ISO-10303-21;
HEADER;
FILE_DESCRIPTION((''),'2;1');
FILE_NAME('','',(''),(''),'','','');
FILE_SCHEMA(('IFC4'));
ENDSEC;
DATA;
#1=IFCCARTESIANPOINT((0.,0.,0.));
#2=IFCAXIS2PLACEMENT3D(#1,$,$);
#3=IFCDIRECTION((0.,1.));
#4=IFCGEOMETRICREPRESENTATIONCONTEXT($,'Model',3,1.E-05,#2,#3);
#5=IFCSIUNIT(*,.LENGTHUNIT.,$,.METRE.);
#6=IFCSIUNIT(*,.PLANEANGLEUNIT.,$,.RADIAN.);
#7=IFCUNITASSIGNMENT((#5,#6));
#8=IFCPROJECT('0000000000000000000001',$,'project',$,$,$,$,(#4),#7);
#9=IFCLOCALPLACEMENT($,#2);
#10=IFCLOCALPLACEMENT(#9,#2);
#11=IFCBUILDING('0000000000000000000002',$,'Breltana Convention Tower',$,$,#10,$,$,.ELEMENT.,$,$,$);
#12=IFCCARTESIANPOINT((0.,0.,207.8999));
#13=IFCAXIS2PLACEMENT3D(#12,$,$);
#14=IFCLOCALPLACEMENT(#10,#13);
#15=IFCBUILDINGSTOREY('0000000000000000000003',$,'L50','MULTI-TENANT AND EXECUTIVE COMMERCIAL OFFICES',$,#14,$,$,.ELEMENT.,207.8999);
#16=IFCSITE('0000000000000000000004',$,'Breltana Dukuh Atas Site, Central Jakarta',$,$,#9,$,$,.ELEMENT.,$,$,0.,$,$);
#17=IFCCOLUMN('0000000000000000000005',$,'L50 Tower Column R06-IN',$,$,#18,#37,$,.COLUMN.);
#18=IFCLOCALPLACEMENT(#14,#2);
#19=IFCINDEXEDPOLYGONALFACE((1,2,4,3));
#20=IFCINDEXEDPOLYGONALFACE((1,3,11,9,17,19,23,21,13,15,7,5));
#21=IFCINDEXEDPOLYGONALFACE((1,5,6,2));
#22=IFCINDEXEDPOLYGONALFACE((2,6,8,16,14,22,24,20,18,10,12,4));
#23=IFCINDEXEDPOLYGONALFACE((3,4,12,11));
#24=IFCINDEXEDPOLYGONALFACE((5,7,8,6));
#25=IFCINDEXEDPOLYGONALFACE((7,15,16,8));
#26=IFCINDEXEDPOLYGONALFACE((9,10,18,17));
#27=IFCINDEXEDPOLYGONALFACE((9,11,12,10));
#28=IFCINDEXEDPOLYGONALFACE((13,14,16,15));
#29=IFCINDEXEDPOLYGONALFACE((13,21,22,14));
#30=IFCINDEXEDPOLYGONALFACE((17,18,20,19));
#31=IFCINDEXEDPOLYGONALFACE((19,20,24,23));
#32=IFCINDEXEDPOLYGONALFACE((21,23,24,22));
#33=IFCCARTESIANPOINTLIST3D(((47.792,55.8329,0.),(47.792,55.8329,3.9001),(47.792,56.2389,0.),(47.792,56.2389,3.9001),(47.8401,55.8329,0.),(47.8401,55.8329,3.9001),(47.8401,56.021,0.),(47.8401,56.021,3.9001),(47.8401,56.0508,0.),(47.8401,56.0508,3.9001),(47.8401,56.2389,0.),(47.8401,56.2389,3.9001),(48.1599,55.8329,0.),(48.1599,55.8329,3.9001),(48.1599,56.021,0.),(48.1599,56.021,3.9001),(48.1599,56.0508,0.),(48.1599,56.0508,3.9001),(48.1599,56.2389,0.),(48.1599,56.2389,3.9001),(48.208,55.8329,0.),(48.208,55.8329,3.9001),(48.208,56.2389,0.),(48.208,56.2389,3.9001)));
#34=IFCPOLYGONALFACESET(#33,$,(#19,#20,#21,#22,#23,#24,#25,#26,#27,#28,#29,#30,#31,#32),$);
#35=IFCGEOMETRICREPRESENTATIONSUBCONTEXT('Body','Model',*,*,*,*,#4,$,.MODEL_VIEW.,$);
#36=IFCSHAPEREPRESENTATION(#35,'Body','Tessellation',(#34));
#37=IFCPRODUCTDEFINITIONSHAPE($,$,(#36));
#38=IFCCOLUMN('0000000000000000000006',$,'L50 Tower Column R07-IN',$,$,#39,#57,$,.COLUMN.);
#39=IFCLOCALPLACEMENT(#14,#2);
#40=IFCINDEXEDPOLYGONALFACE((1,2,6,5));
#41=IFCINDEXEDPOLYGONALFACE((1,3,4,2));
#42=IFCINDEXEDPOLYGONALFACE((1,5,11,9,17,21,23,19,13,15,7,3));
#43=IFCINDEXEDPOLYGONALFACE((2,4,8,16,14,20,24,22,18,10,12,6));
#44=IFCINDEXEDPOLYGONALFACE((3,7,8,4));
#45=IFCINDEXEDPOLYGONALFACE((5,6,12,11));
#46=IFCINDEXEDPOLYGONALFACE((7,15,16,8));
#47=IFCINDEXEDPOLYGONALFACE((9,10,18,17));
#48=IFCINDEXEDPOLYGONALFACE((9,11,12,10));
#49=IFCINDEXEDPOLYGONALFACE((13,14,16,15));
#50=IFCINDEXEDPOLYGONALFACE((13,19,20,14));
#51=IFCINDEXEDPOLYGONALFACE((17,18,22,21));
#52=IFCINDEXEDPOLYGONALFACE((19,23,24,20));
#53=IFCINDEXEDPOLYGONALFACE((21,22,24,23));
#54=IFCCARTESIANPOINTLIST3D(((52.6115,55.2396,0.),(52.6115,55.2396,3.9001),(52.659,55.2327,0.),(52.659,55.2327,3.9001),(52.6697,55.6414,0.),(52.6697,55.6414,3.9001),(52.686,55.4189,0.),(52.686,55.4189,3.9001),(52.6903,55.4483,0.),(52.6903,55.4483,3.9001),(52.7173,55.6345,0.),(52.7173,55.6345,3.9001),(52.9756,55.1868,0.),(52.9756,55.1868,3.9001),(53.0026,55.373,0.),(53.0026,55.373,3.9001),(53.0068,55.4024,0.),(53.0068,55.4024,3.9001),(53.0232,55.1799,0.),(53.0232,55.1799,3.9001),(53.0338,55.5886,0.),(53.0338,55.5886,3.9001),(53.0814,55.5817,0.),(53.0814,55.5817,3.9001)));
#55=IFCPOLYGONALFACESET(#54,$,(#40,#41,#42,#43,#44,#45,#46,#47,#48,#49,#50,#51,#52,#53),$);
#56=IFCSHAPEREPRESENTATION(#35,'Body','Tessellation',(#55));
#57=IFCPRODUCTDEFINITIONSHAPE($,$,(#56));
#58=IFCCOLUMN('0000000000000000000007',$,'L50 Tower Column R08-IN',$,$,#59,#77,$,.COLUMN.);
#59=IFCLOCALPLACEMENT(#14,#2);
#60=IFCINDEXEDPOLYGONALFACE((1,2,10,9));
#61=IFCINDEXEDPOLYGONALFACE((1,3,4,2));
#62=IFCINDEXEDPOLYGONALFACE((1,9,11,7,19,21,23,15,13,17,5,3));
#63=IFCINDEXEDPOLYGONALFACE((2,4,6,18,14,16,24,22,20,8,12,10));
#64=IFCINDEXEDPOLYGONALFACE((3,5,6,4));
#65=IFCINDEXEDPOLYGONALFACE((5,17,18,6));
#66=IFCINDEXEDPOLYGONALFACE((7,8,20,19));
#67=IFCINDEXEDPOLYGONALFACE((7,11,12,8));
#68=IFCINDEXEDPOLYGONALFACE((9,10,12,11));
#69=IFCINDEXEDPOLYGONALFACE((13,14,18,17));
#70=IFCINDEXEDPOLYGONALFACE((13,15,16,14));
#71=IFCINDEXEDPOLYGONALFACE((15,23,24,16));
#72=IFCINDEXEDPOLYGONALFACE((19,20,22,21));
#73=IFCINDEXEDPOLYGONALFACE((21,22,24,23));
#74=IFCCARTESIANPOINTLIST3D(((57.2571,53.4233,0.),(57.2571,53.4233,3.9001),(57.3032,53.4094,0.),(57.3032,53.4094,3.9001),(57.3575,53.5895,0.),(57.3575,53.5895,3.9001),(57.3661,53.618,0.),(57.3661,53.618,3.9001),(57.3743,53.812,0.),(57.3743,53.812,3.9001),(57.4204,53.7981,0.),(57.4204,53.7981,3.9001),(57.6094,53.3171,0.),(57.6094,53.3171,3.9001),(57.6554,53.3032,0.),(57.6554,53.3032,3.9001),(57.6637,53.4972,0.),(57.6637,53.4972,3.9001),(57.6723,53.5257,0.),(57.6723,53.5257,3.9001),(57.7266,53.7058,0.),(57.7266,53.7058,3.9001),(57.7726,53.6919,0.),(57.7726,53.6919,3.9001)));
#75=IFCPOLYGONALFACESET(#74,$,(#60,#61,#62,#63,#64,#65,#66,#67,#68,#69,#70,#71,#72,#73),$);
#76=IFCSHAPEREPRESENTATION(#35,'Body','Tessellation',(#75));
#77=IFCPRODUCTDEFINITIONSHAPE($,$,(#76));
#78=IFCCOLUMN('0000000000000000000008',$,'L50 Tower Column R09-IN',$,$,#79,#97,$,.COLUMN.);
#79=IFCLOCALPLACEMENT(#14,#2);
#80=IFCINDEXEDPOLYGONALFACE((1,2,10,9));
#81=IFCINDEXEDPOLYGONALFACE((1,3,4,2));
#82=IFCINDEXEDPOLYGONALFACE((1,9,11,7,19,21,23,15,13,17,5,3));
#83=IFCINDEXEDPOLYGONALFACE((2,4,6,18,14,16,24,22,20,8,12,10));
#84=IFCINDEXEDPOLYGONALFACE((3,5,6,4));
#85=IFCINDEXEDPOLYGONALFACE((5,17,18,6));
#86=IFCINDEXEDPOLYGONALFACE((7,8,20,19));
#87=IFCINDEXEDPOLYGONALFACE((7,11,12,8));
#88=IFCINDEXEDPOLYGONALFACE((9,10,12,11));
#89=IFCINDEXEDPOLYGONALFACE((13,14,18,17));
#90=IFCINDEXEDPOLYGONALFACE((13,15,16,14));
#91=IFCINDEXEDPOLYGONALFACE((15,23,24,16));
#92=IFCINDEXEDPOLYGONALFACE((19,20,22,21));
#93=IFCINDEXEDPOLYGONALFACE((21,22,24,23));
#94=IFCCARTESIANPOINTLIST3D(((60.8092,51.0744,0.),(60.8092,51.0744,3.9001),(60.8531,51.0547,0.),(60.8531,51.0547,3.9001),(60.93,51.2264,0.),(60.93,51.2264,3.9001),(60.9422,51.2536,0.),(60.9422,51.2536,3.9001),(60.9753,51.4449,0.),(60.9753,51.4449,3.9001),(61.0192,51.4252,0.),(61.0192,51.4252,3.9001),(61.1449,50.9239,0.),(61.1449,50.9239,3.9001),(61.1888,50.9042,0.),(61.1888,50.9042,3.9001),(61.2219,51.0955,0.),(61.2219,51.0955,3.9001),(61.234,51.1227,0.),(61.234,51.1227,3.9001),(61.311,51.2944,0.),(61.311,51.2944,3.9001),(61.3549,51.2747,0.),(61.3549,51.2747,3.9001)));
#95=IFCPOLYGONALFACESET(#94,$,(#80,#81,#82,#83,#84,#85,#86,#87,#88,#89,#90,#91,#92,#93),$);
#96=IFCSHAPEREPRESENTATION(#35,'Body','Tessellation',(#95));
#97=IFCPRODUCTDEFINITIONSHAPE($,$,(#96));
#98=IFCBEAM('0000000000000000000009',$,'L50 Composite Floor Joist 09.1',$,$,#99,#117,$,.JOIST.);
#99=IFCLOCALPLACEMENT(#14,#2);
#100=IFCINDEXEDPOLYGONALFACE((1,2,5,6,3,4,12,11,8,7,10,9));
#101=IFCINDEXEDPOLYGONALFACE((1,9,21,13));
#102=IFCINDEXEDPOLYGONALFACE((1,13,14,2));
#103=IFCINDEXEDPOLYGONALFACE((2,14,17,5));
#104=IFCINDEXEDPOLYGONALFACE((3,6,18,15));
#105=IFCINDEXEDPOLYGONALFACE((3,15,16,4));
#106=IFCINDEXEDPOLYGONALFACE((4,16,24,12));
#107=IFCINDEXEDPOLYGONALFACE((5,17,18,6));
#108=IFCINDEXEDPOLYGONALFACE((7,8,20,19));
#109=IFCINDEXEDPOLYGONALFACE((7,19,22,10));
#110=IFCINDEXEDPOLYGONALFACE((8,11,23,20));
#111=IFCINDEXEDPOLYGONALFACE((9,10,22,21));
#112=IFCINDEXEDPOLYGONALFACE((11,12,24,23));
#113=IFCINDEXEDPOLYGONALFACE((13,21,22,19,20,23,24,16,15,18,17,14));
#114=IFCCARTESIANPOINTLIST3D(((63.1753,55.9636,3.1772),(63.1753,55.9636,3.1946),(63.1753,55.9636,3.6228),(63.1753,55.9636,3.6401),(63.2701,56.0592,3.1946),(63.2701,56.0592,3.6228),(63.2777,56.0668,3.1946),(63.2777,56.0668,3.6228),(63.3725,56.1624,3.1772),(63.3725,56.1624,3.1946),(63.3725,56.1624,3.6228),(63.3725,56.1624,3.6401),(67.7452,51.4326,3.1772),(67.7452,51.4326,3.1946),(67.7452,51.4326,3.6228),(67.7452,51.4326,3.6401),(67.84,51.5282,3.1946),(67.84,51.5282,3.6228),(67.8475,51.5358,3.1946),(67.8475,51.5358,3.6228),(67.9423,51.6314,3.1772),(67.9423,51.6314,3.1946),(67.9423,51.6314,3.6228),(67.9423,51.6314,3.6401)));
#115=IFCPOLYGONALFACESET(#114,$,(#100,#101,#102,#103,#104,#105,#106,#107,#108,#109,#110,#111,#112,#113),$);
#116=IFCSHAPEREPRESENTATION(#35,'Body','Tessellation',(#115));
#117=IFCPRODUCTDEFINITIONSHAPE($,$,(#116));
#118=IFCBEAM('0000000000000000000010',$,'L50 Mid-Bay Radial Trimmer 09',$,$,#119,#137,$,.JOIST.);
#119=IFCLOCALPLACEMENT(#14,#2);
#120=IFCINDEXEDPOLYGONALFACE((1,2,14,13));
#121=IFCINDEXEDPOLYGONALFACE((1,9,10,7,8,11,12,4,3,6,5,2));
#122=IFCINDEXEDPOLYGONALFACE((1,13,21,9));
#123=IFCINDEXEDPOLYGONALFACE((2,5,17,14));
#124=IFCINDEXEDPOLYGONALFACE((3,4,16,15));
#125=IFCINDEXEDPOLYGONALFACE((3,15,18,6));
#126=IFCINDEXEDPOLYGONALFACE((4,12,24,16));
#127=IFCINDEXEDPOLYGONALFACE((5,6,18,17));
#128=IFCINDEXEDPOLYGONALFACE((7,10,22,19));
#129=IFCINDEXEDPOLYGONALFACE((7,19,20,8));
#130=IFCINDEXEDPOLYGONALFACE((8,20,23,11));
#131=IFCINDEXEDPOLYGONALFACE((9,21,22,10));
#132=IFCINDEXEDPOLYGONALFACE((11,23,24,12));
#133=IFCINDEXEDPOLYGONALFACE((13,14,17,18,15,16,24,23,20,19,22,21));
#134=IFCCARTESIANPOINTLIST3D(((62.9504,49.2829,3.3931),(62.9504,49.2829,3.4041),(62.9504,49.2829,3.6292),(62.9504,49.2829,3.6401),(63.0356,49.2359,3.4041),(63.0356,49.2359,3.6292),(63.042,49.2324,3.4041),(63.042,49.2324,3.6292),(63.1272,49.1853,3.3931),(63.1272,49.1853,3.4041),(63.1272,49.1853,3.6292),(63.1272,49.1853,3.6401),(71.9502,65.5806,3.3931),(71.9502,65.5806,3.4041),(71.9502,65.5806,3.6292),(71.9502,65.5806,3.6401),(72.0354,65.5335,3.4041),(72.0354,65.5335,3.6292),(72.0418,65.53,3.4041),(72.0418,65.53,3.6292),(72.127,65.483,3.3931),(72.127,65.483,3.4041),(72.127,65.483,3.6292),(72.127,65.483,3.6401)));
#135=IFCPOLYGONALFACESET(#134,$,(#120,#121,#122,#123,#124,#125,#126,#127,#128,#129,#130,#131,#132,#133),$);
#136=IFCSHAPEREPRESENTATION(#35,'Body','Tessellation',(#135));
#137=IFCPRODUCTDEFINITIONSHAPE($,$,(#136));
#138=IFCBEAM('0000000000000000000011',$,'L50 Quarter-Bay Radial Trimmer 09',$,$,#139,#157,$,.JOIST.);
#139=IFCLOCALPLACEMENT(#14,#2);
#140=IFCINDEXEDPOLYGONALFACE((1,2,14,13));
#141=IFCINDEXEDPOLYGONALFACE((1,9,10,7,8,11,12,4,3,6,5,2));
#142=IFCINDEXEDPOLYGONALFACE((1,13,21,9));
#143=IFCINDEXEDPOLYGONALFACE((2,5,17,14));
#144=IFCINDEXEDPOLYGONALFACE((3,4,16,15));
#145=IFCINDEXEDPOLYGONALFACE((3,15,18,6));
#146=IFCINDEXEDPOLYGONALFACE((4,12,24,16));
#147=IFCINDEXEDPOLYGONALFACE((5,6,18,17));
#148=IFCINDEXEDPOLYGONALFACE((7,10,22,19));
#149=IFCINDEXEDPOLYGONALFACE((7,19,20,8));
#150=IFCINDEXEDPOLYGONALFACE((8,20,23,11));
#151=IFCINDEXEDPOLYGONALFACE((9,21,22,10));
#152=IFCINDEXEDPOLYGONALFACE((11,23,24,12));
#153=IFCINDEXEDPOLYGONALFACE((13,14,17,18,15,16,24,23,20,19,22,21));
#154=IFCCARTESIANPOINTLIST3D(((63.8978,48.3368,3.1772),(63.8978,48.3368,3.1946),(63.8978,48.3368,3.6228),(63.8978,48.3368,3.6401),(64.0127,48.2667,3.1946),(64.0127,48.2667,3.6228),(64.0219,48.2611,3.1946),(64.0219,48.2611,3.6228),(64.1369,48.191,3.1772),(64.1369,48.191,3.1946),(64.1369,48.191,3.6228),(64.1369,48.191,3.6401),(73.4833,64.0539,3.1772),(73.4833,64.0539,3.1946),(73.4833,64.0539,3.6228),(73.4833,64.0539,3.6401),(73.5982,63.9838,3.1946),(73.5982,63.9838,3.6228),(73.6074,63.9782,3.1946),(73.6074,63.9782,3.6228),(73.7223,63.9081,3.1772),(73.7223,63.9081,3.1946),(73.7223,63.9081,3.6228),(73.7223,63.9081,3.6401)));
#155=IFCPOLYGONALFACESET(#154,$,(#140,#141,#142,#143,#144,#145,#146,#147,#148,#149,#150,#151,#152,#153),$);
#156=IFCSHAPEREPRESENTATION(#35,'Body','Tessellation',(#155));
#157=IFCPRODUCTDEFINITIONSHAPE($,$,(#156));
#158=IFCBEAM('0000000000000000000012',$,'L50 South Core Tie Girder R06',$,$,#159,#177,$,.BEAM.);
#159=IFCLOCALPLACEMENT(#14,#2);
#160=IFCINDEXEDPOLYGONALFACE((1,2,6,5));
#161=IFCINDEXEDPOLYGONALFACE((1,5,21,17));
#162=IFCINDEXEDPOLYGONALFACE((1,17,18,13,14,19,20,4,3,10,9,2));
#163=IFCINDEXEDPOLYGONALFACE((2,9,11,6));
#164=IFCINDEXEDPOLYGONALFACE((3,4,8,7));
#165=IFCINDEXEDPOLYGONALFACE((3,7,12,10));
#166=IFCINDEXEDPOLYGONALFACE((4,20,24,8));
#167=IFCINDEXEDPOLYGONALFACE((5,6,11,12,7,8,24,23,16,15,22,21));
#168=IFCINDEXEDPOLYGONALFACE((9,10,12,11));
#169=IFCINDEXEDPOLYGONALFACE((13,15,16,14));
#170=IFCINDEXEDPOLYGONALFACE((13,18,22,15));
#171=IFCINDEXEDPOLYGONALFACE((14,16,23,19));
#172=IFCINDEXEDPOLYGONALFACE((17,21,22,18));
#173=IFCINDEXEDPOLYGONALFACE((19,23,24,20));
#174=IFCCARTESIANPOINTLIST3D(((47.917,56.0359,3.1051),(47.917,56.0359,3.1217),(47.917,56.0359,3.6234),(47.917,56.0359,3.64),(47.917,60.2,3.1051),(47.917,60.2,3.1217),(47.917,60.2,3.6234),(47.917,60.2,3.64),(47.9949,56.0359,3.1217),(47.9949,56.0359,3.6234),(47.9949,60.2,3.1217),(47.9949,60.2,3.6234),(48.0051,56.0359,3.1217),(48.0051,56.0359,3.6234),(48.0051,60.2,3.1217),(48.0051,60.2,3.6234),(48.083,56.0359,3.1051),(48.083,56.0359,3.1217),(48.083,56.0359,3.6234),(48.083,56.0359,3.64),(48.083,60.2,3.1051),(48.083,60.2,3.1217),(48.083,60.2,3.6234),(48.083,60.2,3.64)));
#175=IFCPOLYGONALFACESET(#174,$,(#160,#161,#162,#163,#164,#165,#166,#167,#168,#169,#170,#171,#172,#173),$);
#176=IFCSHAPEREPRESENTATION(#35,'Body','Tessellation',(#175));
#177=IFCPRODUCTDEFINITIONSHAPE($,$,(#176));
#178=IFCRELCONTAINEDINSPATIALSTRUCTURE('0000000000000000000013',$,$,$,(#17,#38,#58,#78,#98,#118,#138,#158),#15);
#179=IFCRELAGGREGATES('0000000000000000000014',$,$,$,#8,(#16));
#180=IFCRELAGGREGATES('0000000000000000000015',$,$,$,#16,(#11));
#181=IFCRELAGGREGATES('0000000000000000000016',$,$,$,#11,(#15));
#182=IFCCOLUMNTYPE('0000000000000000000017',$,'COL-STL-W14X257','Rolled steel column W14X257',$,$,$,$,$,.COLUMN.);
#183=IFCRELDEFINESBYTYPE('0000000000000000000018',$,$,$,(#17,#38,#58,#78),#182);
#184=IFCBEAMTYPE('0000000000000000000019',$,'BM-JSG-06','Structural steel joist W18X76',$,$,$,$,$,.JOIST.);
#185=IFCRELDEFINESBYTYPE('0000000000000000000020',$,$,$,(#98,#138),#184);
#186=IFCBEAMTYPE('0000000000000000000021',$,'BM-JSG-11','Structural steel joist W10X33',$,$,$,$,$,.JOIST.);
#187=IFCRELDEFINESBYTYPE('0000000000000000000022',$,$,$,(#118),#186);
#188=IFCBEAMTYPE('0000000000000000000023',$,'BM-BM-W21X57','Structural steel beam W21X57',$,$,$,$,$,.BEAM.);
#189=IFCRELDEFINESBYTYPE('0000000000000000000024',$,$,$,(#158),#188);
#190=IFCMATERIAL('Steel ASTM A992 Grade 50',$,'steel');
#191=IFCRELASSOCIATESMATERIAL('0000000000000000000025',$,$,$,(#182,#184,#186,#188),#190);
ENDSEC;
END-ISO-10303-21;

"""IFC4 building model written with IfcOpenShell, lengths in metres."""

from ifc_helpers import new_model, si_unit, direction, frame, origin, origin_2d, place, context, subcontext, project, spatial, i_section, extrude, source, transform, mapped, material, material_profile, profile_set, type_object, element, save


model = new_model("IFC4")

# Units and contexts
model_context = context("Model", 3, precision=1e-05, world=origin(), true_north=direction((0.0, 1.0)))
body_context = subcontext(model_context, "Body", "Model", "MODEL_VIEW")
ifc_project = project(units=[si_unit("LENGTHUNIT", "METRE"), si_unit("PLANEANGLEUNIT", "RADIAN")], contexts=[model_context])

# Site, building, storey
site_placement = place(None, origin())
site = spatial("IfcSite", under=ifc_project, at=site_placement, Name="Breltana Dukuh Atas Site, Central Jakarta", CompositionType="ELEMENT", RefElevation=0.0)
building_placement = place(site_placement, origin())
building = spatial("IfcBuilding", under=site, at=building_placement, Name="Breltana Convention Tower", CompositionType="ELEMENT")
storey_placement = place(building_placement, frame((0.0, 0.0, 207.8999)))
storey = spatial("IfcBuildingStorey", under=building, at=storey_placement, Name="L50", Description="MULTI-TENANT AND EXECUTIVE COMMERCIAL OFFICES", CompositionType="ELEMENT", Elevation=207.8999)

# Columns
ifc_material_1 = material(Name="Steel ASTM A992 Grade 50", Category="steel")
ifc_material_profile_1 = material_profile(ifc_material_1, i_section(OverallWidth=0.406, OverallDepth=0.416, WebThickness=0.0298, FlangeThickness=0.0481, at=origin_2d()), Name="W14X257")
ifc_profile_set_1 = profile_set([ifc_material_profile_1], Name="Steel ASTM A992 Grade 50")
column_type = type_object("IfcColumnType", Name="COL-STL-W14X257", Description="Rolled steel column W14X257", PredefinedType="COLUMN", material=ifc_profile_set_1)
shared_shape_1 = source(origin(), body_context, "Body", "SweptSolid", [
    extrude(i_section(OverallWidth=0.406, OverallDepth=0.416, WebThickness=0.0298, FlangeThickness=0.0481, at=origin_2d()), origin(), (0.0, 0.0, 1.0), 3.9001),
])
for number, where, z_axis, x_axis, name in (
    (1, (48.0, 56.0359, 0.0), (0.0, 0.0, 1.0), (0.0, 1.0, 0.0), "L50 Tower Column R06-IN"),
    (2, (52.8464, 55.4106, 0.0), (0.0, 0.0, 1.0), (0.143493, 0.989651, 0.0), "L50 Tower Column R07-IN"),
    (3, (57.5149, 53.5576, 0.0), (0.0, 0.0, 1.0), (0.288698, 0.95742, 0.0), "L50 Tower Column R08-IN"),
    (4, (61.082, 51.1746, 0.0), (0.0, 0.0, 1.0), (0.409127, 0.912477, 0.0), "L50 Tower Column R09-IN"),
):
    element("IfcColumn", number, at=place(storey_placement, frame(where, z_axis=z_axis, x_axis=x_axis)), inside=storey, type_object=column_type, Name=name, PredefinedType="COLUMN", context=body_context, shape_type="MappedRepresentation", body=[
        mapped(shared_shape_1, transform((0.0, 0.0, 0.0), scale=1.0)),
    ])

# Beams
ifc_material_profile_2 = material_profile(ifc_material_1, i_section(OverallWidth=0.28, OverallDepth=0.4629, WebThickness=0.0107, FlangeThickness=0.0173, at=origin_2d()), Name="W18X76")
ifc_profile_set_2 = profile_set([ifc_material_profile_2], Name="Steel ASTM A992 Grade 50")
beam_type_1 = type_object("IfcBeamType", Name="BM-JSG-06", Description="Structural steel joist W18X76", PredefinedType="JOIST", material=ifc_profile_set_2)
shared_shape_2 = source(origin(), body_context, "Body", "SweptSolid", [
    extrude(i_section(OverallWidth=0.28, OverallDepth=0.4629, WebThickness=0.0107, FlangeThickness=0.0173, at=origin_2d()), origin(), (0.0, 0.0, 1.0), 6.4353),
])
beam_1_placement = place(storey_placement, frame((63.2739, 56.063, 3.4087), z_axis=(0.710116, -0.704084, 0.0), x_axis=(0.704084, 0.710116, 0.0)))
element("IfcBeam", 5, at=beam_1_placement, inside=storey, type_object=beam_type_1, Name="L50 Composite Floor Joist 09.1", PredefinedType="JOIST", context=body_context, shape_type="MappedRepresentation", body=[
    mapped(shared_shape_2, transform((0.0, 0.0, 0.0), scale=1.0)),
])
ifc_material_profile_3 = material_profile(ifc_material_1, i_section(OverallWidth=0.2019, OverallDepth=0.2471, WebThickness=0.0073, FlangeThickness=0.011, at=origin_2d()), Name="W10X33")
ifc_profile_set_3 = profile_set([ifc_material_profile_3], Name="Steel ASTM A992 Grade 50")
beam_type_2 = type_object("IfcBeamType", Name="BM-JSG-11", Description="Structural steel joist W10X33", PredefinedType="JOIST", material=ifc_profile_set_3)
shared_shape_3 = source(origin(), body_context, "Body", "SweptSolid", [
    extrude(i_section(OverallWidth=0.2019, OverallDepth=0.2471, WebThickness=0.0073, FlangeThickness=0.011, at=origin_2d()), origin(), (0.0, 0.0, 1.0), 18.6174),
])
beam_2_placement = place(storey_placement, frame((63.0388, 49.2341, 3.5166), z_axis=(0.483406, 0.875396, 0.0), x_axis=(-0.875396, 0.483406, 0.0)))
element("IfcBeam", 6, at=beam_2_placement, inside=storey, type_object=beam_type_2, Name="L50 Mid-Bay Radial Trimmer 09", PredefinedType="JOIST", context=body_context, shape_type="MappedRepresentation", body=[
    mapped(shared_shape_3, transform((0.0, 0.0, 0.0), scale=1.0)),
])
shared_shape_4 = source(origin(), body_context, "Body", "SweptSolid", [
    extrude(i_section(OverallWidth=0.28, OverallDepth=0.4629, WebThickness=0.0107, FlangeThickness=0.0173, at=origin_2d()), origin(), (0.0, 0.0, 1.0), 18.4094),
])
beam_3_placement = place(storey_placement, frame((64.0173, 48.2639, 3.4087), z_axis=(0.520682, 0.853751, 0.0), x_axis=(-0.853751, 0.520682, 0.0)))
element("IfcBeam", 7, at=beam_3_placement, inside=storey, type_object=beam_type_1, Name="L50 Quarter-Bay Radial Trimmer 09", PredefinedType="JOIST", context=body_context, shape_type="MappedRepresentation", body=[
    mapped(shared_shape_4, transform((0.0, 0.0, 0.0), scale=1.0)),
])
ifc_material_profile_4 = material_profile(ifc_material_1, i_section(OverallWidth=0.166, OverallDepth=0.5349, WebThickness=0.0103, FlangeThickness=0.0166, at=origin_2d()), Name="W21X57")
ifc_profile_set_4 = profile_set([ifc_material_profile_4], Name="Steel ASTM A992 Grade 50")
beam_type_3 = type_object("IfcBeamType", Name="BM-BM-W21X57", Description="Structural steel beam W21X57", PredefinedType="BEAM", material=ifc_profile_set_4)
shared_shape_5 = source(origin(), body_context, "Body", "SweptSolid", [
    extrude(i_section(OverallWidth=0.166, OverallDepth=0.5349, WebThickness=0.0103, FlangeThickness=0.0166, at=origin_2d()), origin(), (0.0, 0.0, 1.0), 4.1641),
])
beam_4_placement = place(storey_placement, frame((48.0, 60.2, 3.3726), z_axis=(0.0, -1.0, 0.0), x_axis=(1.0, 0.0, 0.0)))
element("IfcBeam", 8, at=beam_4_placement, inside=storey, type_object=beam_type_3, Name="L50 South Core Tie Girder R06", PredefinedType="BEAM", context=body_context, shape_type="MappedRepresentation", body=[
    mapped(shared_shape_5, transform((0.0, 0.0, 0.0), scale=1.0)),
])

save(model, "model.ifc")
